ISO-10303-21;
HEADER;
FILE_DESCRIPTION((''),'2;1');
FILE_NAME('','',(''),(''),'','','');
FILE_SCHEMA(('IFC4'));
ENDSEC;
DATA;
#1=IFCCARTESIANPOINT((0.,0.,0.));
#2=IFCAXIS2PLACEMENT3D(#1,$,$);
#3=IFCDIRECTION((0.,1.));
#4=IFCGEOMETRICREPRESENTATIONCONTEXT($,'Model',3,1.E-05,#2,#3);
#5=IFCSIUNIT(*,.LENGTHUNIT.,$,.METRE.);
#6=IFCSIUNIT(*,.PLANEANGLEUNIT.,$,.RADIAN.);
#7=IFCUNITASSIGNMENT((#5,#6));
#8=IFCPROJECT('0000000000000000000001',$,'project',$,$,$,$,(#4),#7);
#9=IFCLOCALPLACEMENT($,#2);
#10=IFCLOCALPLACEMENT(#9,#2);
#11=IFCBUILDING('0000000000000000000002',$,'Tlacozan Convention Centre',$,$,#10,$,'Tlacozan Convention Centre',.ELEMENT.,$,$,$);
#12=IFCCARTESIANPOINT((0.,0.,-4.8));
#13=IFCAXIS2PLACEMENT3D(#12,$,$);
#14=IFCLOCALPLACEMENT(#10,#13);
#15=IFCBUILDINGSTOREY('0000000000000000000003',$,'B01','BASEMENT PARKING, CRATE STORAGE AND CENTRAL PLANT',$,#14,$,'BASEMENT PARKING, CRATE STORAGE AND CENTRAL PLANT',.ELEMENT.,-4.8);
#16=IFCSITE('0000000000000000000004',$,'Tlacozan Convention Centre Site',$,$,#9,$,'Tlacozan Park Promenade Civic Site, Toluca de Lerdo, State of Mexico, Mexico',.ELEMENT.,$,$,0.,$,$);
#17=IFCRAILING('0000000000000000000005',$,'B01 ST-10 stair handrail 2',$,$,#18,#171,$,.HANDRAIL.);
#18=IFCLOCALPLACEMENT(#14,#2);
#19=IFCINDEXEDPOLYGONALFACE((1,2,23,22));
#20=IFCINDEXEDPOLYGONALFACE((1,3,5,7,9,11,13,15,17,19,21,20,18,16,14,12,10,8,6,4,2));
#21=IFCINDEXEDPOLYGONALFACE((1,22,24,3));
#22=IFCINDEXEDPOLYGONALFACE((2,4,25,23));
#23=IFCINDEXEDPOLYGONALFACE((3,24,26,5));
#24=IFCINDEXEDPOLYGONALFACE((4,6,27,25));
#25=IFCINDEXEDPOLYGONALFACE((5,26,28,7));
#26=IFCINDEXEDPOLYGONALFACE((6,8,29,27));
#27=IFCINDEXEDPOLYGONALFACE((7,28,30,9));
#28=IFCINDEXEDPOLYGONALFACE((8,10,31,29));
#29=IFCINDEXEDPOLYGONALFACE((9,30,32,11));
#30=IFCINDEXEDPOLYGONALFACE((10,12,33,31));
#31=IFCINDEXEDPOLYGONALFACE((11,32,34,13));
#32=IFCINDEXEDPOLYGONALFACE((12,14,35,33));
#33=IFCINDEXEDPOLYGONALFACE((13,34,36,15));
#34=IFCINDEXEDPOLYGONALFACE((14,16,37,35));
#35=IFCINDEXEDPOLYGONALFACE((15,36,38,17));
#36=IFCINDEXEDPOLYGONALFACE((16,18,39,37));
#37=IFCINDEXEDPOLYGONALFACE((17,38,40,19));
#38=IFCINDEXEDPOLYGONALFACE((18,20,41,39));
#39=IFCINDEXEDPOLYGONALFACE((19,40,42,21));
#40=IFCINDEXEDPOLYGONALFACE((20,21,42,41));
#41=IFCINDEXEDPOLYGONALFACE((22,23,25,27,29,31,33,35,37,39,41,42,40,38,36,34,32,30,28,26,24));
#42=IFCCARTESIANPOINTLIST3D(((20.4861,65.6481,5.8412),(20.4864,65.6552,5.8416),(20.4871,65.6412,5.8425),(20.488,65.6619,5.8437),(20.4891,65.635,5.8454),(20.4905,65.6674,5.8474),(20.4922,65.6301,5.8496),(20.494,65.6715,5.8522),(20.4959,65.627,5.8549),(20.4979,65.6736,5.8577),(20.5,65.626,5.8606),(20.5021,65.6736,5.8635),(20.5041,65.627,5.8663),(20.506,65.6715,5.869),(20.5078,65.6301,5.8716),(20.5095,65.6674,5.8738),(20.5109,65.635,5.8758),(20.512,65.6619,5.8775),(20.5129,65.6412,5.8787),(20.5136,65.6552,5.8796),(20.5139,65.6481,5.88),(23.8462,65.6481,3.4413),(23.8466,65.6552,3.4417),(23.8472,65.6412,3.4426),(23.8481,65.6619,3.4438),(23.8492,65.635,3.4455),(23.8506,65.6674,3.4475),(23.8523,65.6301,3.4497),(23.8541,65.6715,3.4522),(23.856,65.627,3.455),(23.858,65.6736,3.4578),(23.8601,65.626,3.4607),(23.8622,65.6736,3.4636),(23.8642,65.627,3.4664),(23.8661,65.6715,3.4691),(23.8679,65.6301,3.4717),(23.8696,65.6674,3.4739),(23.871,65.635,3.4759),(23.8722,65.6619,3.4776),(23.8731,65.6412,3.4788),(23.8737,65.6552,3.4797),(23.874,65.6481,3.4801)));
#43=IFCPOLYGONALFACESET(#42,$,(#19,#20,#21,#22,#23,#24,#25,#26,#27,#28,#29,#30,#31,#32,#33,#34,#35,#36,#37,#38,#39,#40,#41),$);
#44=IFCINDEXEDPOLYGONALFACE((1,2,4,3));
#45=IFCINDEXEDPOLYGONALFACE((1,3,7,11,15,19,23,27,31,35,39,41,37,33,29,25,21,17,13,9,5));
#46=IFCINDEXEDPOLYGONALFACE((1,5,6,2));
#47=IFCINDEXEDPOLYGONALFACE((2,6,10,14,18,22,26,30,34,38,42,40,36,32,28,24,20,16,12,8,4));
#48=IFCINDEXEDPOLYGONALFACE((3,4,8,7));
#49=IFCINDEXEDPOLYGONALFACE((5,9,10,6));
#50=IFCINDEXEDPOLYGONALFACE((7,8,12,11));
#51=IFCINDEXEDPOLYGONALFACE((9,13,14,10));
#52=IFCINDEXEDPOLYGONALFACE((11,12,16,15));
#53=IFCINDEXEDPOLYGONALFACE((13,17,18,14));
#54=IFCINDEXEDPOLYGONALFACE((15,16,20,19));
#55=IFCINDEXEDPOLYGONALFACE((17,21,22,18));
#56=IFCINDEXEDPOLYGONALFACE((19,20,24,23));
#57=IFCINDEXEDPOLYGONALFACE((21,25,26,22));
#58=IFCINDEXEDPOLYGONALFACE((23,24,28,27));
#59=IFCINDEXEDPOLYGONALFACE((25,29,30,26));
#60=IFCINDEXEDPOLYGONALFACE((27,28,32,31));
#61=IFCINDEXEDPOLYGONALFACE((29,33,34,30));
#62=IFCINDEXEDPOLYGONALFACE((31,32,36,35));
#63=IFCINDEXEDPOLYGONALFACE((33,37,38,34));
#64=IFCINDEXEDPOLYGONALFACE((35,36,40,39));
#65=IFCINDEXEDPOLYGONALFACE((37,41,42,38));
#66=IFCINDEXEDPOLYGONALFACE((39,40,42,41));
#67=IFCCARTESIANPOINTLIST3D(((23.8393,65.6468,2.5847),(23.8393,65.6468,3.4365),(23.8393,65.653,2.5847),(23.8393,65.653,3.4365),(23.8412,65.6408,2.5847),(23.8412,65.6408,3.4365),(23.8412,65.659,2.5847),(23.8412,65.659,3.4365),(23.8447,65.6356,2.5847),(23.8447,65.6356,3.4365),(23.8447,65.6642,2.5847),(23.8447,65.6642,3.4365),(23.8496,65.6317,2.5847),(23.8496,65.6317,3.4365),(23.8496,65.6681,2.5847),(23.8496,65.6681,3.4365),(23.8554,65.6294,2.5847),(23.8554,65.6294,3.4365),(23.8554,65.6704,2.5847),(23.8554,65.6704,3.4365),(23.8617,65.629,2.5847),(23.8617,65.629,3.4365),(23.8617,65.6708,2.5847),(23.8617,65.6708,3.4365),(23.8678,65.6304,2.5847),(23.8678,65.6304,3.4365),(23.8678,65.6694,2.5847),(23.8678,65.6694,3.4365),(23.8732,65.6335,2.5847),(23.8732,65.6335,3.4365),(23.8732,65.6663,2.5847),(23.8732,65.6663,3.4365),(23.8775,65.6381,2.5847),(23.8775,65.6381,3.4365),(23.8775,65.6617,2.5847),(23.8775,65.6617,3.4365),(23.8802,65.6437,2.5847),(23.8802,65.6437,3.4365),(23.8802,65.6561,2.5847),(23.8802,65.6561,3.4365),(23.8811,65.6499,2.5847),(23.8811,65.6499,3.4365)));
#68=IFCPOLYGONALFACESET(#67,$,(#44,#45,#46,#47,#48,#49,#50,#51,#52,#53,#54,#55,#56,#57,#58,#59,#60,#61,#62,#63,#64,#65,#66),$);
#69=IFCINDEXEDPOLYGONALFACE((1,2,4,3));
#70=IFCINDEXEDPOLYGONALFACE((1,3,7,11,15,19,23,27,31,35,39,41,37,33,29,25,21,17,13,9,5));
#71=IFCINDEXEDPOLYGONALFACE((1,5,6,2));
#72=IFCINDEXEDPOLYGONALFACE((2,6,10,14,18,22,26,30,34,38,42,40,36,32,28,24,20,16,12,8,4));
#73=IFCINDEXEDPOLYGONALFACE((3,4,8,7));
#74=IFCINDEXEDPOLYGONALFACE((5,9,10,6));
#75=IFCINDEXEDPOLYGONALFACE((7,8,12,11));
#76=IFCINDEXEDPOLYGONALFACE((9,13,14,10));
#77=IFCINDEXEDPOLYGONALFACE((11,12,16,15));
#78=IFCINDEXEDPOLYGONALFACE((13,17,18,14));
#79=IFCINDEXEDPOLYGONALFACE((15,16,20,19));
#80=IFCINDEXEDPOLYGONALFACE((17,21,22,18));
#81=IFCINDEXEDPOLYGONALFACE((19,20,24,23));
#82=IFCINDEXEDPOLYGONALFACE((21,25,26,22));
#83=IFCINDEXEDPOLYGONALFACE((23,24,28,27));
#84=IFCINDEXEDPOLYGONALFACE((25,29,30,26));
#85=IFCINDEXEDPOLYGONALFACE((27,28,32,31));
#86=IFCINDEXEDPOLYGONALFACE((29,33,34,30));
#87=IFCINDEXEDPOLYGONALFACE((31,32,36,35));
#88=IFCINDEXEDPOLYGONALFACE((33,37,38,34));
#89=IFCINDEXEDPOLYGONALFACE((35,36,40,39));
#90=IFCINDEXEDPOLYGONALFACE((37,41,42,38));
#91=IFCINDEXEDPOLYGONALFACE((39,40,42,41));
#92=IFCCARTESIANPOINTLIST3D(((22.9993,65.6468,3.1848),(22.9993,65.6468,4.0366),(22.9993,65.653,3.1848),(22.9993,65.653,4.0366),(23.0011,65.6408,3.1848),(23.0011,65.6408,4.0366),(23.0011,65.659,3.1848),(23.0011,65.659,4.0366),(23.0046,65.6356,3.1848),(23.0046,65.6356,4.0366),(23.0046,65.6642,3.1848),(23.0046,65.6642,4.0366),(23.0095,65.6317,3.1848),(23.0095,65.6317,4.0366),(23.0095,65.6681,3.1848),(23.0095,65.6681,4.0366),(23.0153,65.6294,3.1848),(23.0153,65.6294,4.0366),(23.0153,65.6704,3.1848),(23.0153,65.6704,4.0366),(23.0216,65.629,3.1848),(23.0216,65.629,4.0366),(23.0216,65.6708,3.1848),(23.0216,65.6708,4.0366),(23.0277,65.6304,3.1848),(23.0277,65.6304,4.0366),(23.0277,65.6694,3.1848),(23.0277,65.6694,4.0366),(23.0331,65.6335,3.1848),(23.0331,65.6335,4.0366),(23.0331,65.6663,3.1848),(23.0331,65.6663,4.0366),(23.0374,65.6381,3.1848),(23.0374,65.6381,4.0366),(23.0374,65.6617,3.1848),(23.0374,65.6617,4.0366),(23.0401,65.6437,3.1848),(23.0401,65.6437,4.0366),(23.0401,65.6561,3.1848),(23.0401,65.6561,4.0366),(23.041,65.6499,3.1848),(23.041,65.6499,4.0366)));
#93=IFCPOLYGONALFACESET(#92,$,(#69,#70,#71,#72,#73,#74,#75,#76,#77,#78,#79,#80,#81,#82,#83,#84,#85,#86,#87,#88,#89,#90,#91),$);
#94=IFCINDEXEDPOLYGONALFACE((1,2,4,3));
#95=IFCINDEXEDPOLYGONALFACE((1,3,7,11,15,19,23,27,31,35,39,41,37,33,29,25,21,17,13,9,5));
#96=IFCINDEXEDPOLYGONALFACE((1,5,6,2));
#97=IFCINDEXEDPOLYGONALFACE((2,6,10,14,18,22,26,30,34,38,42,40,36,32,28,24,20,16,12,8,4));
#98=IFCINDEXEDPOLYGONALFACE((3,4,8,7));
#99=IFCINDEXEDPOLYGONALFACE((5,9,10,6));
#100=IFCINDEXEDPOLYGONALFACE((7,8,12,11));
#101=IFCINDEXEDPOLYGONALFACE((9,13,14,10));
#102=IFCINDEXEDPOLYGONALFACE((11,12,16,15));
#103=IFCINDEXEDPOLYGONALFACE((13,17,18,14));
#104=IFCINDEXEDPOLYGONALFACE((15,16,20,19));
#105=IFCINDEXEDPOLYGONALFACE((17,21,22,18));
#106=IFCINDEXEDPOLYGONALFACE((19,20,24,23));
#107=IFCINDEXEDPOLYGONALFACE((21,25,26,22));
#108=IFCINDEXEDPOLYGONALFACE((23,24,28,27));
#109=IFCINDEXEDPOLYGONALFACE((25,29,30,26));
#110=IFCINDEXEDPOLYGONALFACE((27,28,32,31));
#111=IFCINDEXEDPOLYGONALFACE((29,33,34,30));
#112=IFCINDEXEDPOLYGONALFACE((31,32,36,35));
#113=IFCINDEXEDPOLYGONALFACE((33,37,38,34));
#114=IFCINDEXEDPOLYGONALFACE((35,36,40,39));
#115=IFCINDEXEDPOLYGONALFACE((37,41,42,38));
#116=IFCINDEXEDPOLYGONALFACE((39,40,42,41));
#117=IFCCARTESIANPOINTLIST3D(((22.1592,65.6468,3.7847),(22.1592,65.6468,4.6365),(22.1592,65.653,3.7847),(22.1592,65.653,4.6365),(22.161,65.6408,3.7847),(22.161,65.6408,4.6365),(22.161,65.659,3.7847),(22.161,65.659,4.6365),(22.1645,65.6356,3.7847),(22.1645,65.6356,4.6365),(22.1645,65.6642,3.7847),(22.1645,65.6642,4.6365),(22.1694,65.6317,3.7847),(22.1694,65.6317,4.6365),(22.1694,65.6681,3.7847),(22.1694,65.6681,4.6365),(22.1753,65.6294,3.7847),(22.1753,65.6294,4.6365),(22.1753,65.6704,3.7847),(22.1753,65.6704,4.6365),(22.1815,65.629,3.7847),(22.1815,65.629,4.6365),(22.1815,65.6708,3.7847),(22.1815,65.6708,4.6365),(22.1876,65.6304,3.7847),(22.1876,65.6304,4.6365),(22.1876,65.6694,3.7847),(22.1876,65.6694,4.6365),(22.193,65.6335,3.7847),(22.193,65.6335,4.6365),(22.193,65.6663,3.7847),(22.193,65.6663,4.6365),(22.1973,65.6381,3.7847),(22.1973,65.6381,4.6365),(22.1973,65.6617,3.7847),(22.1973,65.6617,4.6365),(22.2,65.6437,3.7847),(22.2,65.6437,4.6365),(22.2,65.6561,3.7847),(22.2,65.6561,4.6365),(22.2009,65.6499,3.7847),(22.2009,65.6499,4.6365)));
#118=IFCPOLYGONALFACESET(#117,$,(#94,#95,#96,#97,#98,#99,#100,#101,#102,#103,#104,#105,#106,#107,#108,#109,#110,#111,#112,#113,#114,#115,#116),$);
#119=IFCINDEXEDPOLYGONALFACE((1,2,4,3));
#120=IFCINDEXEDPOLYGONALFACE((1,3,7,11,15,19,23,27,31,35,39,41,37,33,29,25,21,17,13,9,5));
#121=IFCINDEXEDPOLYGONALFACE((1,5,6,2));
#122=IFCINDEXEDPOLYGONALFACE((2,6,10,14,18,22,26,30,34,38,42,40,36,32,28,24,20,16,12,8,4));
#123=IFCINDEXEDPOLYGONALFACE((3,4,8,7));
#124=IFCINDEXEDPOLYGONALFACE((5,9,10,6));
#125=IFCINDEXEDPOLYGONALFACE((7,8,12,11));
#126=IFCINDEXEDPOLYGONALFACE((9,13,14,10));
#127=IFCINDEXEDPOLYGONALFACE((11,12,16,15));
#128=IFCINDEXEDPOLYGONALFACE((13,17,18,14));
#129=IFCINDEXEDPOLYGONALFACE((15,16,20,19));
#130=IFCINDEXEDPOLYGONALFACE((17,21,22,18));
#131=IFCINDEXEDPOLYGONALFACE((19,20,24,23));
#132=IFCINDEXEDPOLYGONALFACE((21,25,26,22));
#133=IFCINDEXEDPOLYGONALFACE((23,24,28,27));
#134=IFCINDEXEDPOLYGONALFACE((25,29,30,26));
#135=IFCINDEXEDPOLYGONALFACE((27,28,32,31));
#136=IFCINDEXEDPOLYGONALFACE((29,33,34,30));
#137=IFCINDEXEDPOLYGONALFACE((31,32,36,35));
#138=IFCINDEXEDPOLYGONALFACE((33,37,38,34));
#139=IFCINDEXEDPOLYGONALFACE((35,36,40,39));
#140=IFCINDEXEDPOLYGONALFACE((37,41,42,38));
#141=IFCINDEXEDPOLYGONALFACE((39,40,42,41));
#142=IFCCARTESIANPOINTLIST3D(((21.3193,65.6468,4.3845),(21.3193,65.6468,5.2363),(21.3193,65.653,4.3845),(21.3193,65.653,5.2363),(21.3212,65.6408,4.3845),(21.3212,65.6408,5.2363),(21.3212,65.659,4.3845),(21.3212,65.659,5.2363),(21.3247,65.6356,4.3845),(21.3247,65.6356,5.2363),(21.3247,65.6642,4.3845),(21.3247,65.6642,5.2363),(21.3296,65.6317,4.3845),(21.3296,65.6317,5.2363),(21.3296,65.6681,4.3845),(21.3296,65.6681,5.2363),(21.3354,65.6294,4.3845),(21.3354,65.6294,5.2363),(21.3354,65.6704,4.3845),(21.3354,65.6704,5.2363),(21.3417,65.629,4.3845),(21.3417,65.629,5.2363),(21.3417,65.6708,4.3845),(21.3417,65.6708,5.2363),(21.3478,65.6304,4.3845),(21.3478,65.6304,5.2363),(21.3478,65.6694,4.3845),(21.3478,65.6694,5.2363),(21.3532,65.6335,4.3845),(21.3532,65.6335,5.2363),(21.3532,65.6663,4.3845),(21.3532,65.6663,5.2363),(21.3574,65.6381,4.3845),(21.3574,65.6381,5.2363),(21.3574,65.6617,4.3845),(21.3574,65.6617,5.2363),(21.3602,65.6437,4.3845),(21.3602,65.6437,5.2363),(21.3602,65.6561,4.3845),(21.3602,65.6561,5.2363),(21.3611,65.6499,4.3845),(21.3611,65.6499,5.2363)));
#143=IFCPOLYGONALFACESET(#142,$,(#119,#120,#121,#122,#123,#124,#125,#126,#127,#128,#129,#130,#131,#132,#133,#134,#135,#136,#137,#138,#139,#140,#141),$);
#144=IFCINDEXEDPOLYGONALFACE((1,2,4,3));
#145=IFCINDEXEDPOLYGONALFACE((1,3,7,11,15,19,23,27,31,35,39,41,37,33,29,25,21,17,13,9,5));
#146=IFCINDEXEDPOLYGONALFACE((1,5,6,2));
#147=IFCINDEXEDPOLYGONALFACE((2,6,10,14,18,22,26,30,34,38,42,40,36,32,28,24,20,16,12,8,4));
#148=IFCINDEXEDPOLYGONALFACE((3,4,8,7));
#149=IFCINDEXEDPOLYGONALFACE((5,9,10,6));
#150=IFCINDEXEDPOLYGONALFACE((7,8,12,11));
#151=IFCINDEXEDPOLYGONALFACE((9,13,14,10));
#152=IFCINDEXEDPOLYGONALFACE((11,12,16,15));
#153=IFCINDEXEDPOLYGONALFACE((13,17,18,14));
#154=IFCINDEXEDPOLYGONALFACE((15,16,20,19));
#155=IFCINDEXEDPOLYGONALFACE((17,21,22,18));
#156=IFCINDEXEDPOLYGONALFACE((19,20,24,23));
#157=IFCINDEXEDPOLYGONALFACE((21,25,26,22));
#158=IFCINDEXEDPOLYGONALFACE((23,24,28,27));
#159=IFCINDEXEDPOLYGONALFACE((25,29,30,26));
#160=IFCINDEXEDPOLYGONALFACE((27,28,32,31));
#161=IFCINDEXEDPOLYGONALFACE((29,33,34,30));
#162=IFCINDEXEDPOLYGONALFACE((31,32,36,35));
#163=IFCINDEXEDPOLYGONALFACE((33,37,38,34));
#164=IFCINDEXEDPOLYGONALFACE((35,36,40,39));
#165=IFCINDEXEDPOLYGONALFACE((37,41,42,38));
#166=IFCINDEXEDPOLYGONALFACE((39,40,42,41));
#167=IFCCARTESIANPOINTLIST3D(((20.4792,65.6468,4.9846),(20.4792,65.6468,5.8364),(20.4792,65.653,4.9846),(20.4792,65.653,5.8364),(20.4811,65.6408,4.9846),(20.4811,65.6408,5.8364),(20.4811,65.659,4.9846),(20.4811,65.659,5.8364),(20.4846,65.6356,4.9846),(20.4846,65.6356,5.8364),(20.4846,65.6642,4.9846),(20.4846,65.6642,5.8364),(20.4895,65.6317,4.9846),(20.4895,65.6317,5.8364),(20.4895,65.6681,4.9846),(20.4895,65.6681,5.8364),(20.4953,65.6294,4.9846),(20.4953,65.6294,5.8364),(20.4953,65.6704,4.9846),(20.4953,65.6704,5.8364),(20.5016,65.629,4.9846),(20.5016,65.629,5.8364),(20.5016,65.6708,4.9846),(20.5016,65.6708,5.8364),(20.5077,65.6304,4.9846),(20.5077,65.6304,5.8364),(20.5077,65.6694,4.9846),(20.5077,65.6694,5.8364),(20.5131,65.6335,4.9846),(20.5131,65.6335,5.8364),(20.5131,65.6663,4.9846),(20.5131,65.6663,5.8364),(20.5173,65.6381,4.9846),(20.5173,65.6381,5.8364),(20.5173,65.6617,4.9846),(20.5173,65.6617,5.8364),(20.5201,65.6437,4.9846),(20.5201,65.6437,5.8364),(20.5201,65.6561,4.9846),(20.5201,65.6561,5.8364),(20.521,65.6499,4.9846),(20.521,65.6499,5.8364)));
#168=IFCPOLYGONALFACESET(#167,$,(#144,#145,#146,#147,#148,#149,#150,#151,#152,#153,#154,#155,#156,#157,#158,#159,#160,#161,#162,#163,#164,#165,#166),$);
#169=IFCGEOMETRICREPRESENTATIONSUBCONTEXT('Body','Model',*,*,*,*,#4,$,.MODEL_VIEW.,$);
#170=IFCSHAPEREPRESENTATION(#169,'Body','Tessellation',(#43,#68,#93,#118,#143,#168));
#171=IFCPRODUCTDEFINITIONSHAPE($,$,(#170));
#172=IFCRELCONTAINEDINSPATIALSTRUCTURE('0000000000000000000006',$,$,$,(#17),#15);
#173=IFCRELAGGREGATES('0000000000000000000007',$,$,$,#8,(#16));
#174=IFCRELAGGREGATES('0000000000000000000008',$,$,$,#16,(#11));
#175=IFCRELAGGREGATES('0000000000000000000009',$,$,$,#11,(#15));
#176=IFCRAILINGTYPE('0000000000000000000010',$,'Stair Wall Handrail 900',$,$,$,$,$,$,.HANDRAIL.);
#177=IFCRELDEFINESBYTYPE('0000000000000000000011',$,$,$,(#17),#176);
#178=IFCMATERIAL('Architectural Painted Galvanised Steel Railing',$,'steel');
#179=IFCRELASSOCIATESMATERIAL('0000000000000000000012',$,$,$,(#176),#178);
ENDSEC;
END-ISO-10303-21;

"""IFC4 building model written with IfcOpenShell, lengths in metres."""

from ifc_helpers import new_model, si_unit, direction, frame, origin, origin_2d, place, context, subcontext, project, spatial, circle, extrude, material, type_object, element, save


model = new_model("IFC4")

# Units and contexts
model_context = context("Model", 3, precision=1e-05, world=origin(), true_north=direction((0.0, 1.0)))
body_context = subcontext(model_context, "Body", "Model", "MODEL_VIEW")
ifc_project = project(units=[si_unit("LENGTHUNIT", "METRE"), si_unit("PLANEANGLEUNIT", "RADIAN")], contexts=[model_context])

# Site, building, storey
site_placement = place(None, origin())
site = spatial("IfcSite", under=ifc_project, at=site_placement, Name="Tlacozan Convention Centre Site", LongName="Tlacozan Park Promenade Civic Site, Toluca de Lerdo, State of Mexico, Mexico", CompositionType="ELEMENT", RefElevation=0.0)
building_placement = place(site_placement, origin())
building = spatial("IfcBuilding", under=site, at=building_placement, Name="Tlacozan Convention Centre", LongName="Tlacozan Convention Centre", CompositionType="ELEMENT")
storey_placement = place(building_placement, frame((0.0, 0.0, -4.8)))
storey = spatial("IfcBuildingStorey", under=building, at=storey_placement, Name="B01", Description="BASEMENT PARKING, CRATE STORAGE AND CENTRAL PLANT", LongName="BASEMENT PARKING, CRATE STORAGE AND CENTRAL PLANT", CompositionType="ELEMENT", Elevation=-4.8)

# Railing
ifc_material_1 = material(Name="Architectural Painted Galvanised Steel Railing", Category="steel")
railing_type_1 = type_object("IfcRailingType", Name="Stair Wall Handrail 900", PredefinedType="HANDRAIL", material=ifc_material_1)
railing_1_placement = place(storey_placement, frame((23.8601, 65.6499, 2.5847)))
element("IfcRailing", 1, at=railing_1_placement, inside=storey, type_object=railing_type_1, Name="B01 ST-10 stair handrail 2", PredefinedType="HANDRAIL", context=body_context, shape_type="SweptSolid", body=[
    extrude(circle(Radius=0.0239, at=origin_2d()), frame((0.0, 0.0, 0.876), z_axis=(-0.813753, 0.0, 0.58121), x_axis=(0.0, -1.0, 0.0)), (0.0, 0.0, 1.0), 4.1292),
    extrude(circle(Radius=0.021, at=origin_2d()), origin(), (0.0, 0.0, 1.0), 0.8518),
    extrude(circle(Radius=0.021, at=origin_2d()), frame((-0.8401, 0.0, 0.6001)), (0.0, 0.0, 1.0), 0.8518),
    extrude(circle(Radius=0.021, at=origin_2d()), frame((-1.6802, 0.0, 1.2)), (0.0, 0.0, 1.0), 0.8518),
    extrude(circle(Radius=0.021, at=origin_2d()), frame((-2.52, 0.0, 1.7998)), (0.0, 0.0, 1.0), 0.8518),
    extrude(circle(Radius=0.021, at=origin_2d()), frame((-3.3601, 0.0, 2.3999)), (0.0, 0.0, 1.0), 0.8518),
])

save(model, "model.ifc")
